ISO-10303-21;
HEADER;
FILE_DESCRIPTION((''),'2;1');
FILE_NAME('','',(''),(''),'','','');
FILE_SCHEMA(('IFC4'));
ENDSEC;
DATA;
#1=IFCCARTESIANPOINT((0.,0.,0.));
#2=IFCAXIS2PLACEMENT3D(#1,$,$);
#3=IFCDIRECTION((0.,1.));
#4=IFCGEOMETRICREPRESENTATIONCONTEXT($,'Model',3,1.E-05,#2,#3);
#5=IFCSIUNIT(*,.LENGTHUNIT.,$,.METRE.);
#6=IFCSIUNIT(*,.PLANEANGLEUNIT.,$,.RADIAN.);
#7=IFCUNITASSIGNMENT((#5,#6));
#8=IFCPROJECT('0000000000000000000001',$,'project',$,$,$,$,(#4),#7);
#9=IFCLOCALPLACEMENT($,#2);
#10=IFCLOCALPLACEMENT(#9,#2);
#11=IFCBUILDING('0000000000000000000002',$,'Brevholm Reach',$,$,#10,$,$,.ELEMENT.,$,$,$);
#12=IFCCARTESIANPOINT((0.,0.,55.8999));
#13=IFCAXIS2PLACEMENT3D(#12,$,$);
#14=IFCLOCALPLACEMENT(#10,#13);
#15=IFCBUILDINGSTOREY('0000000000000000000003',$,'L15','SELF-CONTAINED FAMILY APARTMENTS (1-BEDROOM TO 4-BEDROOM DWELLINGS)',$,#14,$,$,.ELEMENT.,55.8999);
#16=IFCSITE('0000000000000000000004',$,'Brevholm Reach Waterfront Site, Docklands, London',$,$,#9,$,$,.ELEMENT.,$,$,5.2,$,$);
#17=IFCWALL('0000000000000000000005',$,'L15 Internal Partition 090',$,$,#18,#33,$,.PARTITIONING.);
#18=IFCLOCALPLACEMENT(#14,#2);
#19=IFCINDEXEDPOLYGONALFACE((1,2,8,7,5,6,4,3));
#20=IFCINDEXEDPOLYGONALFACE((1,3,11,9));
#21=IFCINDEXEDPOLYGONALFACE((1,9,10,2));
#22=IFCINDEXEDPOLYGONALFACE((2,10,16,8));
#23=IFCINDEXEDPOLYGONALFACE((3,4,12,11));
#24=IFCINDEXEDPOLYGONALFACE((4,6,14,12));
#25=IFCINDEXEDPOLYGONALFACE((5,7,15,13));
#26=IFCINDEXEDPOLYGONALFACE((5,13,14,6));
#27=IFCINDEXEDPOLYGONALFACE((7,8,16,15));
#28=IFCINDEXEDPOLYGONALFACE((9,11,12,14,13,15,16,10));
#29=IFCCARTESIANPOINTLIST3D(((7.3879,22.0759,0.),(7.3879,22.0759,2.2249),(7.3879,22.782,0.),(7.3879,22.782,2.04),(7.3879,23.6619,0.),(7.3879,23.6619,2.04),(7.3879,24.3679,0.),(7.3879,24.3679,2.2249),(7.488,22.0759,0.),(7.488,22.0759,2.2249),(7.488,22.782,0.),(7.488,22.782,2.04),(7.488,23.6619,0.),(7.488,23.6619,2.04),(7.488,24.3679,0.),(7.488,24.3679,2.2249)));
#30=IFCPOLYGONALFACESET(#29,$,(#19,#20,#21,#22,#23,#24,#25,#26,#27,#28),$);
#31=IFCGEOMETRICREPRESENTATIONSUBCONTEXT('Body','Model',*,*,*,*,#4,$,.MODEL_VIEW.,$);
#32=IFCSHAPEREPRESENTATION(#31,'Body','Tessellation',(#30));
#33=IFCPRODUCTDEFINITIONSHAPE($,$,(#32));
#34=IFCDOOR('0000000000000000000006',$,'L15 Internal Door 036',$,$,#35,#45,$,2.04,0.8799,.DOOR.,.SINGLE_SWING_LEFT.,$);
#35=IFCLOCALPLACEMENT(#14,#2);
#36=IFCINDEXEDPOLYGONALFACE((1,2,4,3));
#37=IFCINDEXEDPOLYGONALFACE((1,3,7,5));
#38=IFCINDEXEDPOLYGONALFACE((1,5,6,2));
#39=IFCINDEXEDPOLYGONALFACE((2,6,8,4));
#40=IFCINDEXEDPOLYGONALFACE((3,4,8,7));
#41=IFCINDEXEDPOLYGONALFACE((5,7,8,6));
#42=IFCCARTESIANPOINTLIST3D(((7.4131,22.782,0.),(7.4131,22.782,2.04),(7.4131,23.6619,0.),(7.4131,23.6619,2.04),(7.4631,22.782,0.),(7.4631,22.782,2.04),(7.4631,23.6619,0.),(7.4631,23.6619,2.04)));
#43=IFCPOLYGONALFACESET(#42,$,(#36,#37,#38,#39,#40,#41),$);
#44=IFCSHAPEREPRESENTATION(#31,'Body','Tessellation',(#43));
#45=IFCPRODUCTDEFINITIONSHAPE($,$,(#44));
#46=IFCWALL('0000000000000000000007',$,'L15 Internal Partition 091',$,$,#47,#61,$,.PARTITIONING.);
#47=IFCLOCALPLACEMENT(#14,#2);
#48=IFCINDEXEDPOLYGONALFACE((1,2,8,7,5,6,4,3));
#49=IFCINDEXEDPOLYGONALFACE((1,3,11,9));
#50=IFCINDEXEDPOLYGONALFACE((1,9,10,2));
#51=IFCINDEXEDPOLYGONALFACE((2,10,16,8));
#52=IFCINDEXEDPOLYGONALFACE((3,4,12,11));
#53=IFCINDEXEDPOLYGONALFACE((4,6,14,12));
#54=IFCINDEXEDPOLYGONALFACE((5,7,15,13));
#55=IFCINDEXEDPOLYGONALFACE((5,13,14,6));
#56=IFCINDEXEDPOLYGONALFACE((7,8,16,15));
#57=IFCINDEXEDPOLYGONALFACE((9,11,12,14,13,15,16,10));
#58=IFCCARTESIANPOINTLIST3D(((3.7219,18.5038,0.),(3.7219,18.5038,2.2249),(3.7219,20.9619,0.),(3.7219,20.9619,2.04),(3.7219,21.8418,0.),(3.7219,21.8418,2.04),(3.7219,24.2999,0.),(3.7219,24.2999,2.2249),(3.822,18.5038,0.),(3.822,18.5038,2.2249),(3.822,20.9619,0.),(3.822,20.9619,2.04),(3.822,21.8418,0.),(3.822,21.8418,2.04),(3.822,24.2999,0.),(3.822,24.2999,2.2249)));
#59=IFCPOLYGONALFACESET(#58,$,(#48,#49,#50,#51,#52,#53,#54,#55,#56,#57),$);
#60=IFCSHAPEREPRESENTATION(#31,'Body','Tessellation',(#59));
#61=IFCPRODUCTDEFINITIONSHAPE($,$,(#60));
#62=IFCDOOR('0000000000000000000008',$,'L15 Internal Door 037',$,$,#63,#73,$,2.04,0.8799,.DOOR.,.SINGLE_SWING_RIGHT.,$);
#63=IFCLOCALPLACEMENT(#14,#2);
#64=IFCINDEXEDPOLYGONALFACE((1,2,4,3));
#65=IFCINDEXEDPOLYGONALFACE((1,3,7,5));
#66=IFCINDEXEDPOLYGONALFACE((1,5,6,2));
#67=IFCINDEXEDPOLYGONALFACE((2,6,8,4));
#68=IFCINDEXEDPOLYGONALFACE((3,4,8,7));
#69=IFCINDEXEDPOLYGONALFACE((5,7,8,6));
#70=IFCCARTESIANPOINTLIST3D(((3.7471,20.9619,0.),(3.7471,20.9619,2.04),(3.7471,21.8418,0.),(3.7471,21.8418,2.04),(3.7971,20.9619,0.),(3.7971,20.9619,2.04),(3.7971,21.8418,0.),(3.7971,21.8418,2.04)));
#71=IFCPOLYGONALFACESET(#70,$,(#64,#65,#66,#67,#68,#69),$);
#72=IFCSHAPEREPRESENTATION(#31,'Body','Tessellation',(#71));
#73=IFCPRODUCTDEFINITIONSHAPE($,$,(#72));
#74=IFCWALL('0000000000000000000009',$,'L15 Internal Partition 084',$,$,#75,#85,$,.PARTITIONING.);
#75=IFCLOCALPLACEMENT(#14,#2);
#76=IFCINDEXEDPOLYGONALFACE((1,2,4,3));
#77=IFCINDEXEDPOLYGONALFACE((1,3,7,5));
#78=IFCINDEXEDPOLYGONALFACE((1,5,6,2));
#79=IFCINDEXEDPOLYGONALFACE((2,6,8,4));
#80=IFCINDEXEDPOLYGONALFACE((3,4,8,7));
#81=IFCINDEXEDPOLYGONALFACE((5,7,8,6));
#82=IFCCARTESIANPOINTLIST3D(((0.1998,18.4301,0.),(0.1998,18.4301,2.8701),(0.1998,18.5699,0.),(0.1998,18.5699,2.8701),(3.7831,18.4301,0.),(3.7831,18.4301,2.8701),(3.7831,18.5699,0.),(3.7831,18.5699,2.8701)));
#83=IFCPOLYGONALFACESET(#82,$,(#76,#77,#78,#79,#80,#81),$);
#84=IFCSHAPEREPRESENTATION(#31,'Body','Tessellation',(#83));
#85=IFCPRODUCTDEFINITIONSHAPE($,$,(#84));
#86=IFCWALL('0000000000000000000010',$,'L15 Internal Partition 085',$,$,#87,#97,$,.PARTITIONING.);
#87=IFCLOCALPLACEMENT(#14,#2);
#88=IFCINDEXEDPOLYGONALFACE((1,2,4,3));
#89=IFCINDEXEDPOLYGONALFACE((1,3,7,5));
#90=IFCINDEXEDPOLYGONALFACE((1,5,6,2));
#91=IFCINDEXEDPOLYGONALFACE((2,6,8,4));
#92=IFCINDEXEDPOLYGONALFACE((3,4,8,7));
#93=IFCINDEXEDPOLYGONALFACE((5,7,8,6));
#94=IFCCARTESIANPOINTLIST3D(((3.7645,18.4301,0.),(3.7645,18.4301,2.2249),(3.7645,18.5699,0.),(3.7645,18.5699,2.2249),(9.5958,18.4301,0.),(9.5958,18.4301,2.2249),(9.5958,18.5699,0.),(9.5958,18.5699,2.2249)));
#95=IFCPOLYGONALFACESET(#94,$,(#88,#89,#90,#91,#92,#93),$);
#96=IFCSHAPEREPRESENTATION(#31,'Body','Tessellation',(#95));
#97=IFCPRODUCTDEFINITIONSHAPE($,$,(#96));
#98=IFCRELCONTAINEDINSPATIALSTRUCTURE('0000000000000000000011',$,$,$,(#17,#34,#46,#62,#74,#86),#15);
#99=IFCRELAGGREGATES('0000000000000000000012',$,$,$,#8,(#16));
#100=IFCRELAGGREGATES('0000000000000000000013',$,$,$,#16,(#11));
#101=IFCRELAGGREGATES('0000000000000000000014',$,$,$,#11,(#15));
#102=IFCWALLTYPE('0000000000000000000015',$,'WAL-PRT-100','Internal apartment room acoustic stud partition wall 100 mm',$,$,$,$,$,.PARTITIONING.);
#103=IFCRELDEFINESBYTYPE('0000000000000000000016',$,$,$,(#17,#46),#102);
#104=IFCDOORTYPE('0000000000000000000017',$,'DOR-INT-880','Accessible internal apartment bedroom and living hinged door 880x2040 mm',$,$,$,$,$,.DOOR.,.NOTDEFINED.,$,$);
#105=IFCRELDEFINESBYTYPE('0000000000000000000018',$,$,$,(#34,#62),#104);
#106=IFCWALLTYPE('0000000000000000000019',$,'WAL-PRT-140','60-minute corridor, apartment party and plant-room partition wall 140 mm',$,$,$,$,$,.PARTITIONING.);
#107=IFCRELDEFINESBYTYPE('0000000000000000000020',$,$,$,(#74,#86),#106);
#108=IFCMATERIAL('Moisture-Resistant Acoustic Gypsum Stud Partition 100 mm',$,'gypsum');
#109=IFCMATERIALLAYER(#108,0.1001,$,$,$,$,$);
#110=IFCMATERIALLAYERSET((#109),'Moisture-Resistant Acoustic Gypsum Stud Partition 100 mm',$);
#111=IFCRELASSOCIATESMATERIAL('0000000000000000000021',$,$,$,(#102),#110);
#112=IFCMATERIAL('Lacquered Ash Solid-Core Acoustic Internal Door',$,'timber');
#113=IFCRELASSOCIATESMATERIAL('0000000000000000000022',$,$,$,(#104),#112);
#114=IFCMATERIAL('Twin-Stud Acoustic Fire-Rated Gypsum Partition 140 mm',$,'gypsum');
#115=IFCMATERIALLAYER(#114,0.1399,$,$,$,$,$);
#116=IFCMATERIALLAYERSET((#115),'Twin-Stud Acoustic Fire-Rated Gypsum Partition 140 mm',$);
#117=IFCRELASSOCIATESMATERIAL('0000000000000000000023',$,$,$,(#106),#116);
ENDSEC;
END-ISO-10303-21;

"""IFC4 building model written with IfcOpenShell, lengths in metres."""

from ifc_helpers import new_model, si_unit, direction, frame, frame_2d, origin, place, context, subcontext, project, spatial, rectangle, extrude, material, layer, layer_set, type_object, element, fill, save


model = new_model("IFC4")

# Units and contexts
model_context = context("Model", 3, precision=1e-05, world=origin(), true_north=direction((0.0, 1.0)))
body_context = subcontext(model_context, "Body", "Model", "MODEL_VIEW")
ifc_project = project(units=[si_unit("LENGTHUNIT", "METRE"), si_unit("PLANEANGLEUNIT", "RADIAN")], contexts=[model_context])

# Site, building, storey
site_placement = place(None, origin())
site = spatial("IfcSite", under=ifc_project, at=site_placement, Name="Brevholm Reach Waterfront Site, Docklands, London", CompositionType="ELEMENT", RefElevation=5.2)
building_placement = place(site_placement, origin())
building = spatial("IfcBuilding", under=site, at=building_placement, Name="Brevholm Reach", CompositionType="ELEMENT")
storey_placement = place(building_placement, frame((0.0, 0.0, 55.8999)))
storey = spatial("IfcBuildingStorey", under=building, at=storey_placement, Name="L15", Description="SELF-CONTAINED FAMILY APARTMENTS (1-BEDROOM TO 4-BEDROOM DWELLINGS)", CompositionType="ELEMENT", Elevation=55.8999)

# Shared definitions
ifc_material_1 = material(Name="Moisture-Resistant Acoustic Gypsum Stud Partition 100 mm", Category="gypsum")
ifc_layer_1 = layer(ifc_material_1, 0.1001)
ifc_layer_set_1 = layer_set([ifc_layer_1], Name="Moisture-Resistant Acoustic Gypsum Stud Partition 100 mm")
wall_type_1 = type_object("IfcWallType", Name="WAL-PRT-100", Description="Internal apartment room acoustic stud partition wall 100 mm", PredefinedType="PARTITIONING", material=ifc_layer_set_1)

# Walls, openings, doors
wall_1_placement = place(storey_placement, frame((7.438, 22.0759, 0.0), z_axis=(0.0, 0.0, 1.0), x_axis=(0.0, 1.0, 0.0)))
wall_1 = element("IfcWall", 1, at=wall_1_placement, inside=storey, type_object=wall_type_1, Name="L15 Internal Partition 090", PredefinedType="PARTITIONING", context=body_context, shape_type="SweptSolid", body=[
    extrude(rectangle(XDim=2.292, YDim=0.1001, at=frame_2d((1.146, 0.0))), origin(), (0.0, 0.0, 1.0), 2.2249),
])
opening_1_placement = place(wall_1_placement, frame((0.7061, 0.0, 0.0)))
opening_1 = element("IfcOpeningElement", 2, at=opening_1_placement, cuts=wall_1, PredefinedType="OPENING", context=body_context, shape_type="SweptSolid", body=[
    extrude(rectangle(XDim=0.8799, YDim=2.04, at=frame_2d((0.4399, 1.02))), frame((0.0, 0.0601, 0.0), z_axis=(0.0, -1.0, 0.0), x_axis=(1.0, 0.0, 0.0)), (0.0, 0.0, 1.0), 0.1201),
])
ifc_material_2 = material(Name="Lacquered Ash Solid-Core Acoustic Internal Door", Category="timber")
door_type = type_object("IfcDoorType", Name="DOR-INT-880", Description="Accessible internal apartment bedroom and living hinged door 880x2040 mm", OperationType="NOTDEFINED", PredefinedType="DOOR", material=ifc_material_2)
door_1_placement = place(opening_1_placement, origin())
door_1 = element("IfcDoor", 3, at=door_1_placement, inside=storey, type_object=door_type, Name="L15 Internal Door 036", OperationType="SINGLE_SWING_LEFT", OverallHeight=2.04, OverallWidth=0.8799, PredefinedType="DOOR", context=body_context, shape_type="SweptSolid", body=[
    extrude(rectangle(XDim=0.8799, YDim=2.04, at=frame_2d((0.4399, 1.02))), frame((0.0, 0.0249, 0.0), z_axis=(0.0, -1.0, 0.0), x_axis=(1.0, 0.0, 0.0)), (0.0, 0.0, 1.0), 0.05),
])
fill(opening_1, door_1)
wall_2_placement = place(storey_placement, frame((3.772, 18.5039, 0.0), z_axis=(0.0, 0.0, 1.0), x_axis=(0.0, 1.0, 0.0)))
wall_2 = element("IfcWall", 4, at=wall_2_placement, inside=storey, type_object=wall_type_1, Name="L15 Internal Partition 091", PredefinedType="PARTITIONING", context=body_context, shape_type="SweptSolid", body=[
    extrude(rectangle(XDim=5.7961, YDim=0.1001, at=frame_2d((2.8979, 0.0))), origin(), (0.0, 0.0, 1.0), 2.2249),
])
opening_2_placement = place(wall_2_placement, frame((2.458, 0.0, 0.0)))
opening_2 = element("IfcOpeningElement", 5, at=opening_2_placement, cuts=wall_2, PredefinedType="OPENING", context=body_context, shape_type="SweptSolid", body=[
    extrude(rectangle(XDim=0.8799, YDim=2.04, at=frame_2d((0.4399, 1.02))), frame((0.0, 0.0601, 0.0), z_axis=(0.0, -1.0, 0.0), x_axis=(1.0, 0.0, 0.0)), (0.0, 0.0, 1.0), 0.1201),
])
door_2_placement = place(opening_2_placement, origin())
door_2 = element("IfcDoor", 6, at=door_2_placement, inside=storey, type_object=door_type, Name="L15 Internal Door 037", OperationType="SINGLE_SWING_RIGHT", OverallHeight=2.04, OverallWidth=0.8799, PredefinedType="DOOR", context=body_context, shape_type="SweptSolid", body=[
    extrude(rectangle(XDim=0.8799, YDim=2.04, at=frame_2d((0.4399, 1.02))), frame((0.0, 0.0249, 0.0), z_axis=(0.0, -1.0, 0.0), x_axis=(1.0, 0.0, 0.0)), (0.0, 0.0, 1.0), 0.05),
])
fill(opening_2, door_2)

# Walls
ifc_material_3 = material(Name="Twin-Stud Acoustic Fire-Rated Gypsum Partition 140 mm", Category="gypsum")
ifc_layer_2 = layer(ifc_material_3, 0.1399)
ifc_layer_set_2 = layer_set([ifc_layer_2], Name="Twin-Stud Acoustic Fire-Rated Gypsum Partition 140 mm")
wall_type_2 = type_object("IfcWallType", Name="WAL-PRT-140", Description="60-minute corridor, apartment party and plant-room partition wall 140 mm", PredefinedType="PARTITIONING", material=ifc_layer_set_2)
wall_3_placement = place(storey_placement, frame((0.2, 18.5, 0.0), z_axis=(0.0, 0.0, 1.0), x_axis=(1.0, 0.0, 0.0)))
element("IfcWall", 7, at=wall_3_placement, inside=storey, type_object=wall_type_2, Name="L15 Internal Partition 084", PredefinedType="PARTITIONING", context=body_context, shape_type="SweptSolid", body=[
    extrude(rectangle(XDim=3.5833, YDim=0.1399, at=frame_2d((1.7915, 0.0))), origin(), (0.0, 0.0, 1.0), 2.8701),
])
wall_4_placement = place(storey_placement, frame((3.7646, 18.5, 0.0), z_axis=(0.0, 0.0, 1.0), x_axis=(1.0, 0.0, 0.0)))
element("IfcWall", 8, at=wall_4_placement, inside=storey, type_object=wall_type_2, Name="L15 Internal Partition 085", PredefinedType="PARTITIONING", context=body_context, shape_type="SweptSolid", body=[
    extrude(rectangle(XDim=5.8313, YDim=0.1399, at=frame_2d((2.9155, 0.0))), origin(), (0.0, 0.0, 1.0), 2.2249),
])

save(model, "model.ifc")
